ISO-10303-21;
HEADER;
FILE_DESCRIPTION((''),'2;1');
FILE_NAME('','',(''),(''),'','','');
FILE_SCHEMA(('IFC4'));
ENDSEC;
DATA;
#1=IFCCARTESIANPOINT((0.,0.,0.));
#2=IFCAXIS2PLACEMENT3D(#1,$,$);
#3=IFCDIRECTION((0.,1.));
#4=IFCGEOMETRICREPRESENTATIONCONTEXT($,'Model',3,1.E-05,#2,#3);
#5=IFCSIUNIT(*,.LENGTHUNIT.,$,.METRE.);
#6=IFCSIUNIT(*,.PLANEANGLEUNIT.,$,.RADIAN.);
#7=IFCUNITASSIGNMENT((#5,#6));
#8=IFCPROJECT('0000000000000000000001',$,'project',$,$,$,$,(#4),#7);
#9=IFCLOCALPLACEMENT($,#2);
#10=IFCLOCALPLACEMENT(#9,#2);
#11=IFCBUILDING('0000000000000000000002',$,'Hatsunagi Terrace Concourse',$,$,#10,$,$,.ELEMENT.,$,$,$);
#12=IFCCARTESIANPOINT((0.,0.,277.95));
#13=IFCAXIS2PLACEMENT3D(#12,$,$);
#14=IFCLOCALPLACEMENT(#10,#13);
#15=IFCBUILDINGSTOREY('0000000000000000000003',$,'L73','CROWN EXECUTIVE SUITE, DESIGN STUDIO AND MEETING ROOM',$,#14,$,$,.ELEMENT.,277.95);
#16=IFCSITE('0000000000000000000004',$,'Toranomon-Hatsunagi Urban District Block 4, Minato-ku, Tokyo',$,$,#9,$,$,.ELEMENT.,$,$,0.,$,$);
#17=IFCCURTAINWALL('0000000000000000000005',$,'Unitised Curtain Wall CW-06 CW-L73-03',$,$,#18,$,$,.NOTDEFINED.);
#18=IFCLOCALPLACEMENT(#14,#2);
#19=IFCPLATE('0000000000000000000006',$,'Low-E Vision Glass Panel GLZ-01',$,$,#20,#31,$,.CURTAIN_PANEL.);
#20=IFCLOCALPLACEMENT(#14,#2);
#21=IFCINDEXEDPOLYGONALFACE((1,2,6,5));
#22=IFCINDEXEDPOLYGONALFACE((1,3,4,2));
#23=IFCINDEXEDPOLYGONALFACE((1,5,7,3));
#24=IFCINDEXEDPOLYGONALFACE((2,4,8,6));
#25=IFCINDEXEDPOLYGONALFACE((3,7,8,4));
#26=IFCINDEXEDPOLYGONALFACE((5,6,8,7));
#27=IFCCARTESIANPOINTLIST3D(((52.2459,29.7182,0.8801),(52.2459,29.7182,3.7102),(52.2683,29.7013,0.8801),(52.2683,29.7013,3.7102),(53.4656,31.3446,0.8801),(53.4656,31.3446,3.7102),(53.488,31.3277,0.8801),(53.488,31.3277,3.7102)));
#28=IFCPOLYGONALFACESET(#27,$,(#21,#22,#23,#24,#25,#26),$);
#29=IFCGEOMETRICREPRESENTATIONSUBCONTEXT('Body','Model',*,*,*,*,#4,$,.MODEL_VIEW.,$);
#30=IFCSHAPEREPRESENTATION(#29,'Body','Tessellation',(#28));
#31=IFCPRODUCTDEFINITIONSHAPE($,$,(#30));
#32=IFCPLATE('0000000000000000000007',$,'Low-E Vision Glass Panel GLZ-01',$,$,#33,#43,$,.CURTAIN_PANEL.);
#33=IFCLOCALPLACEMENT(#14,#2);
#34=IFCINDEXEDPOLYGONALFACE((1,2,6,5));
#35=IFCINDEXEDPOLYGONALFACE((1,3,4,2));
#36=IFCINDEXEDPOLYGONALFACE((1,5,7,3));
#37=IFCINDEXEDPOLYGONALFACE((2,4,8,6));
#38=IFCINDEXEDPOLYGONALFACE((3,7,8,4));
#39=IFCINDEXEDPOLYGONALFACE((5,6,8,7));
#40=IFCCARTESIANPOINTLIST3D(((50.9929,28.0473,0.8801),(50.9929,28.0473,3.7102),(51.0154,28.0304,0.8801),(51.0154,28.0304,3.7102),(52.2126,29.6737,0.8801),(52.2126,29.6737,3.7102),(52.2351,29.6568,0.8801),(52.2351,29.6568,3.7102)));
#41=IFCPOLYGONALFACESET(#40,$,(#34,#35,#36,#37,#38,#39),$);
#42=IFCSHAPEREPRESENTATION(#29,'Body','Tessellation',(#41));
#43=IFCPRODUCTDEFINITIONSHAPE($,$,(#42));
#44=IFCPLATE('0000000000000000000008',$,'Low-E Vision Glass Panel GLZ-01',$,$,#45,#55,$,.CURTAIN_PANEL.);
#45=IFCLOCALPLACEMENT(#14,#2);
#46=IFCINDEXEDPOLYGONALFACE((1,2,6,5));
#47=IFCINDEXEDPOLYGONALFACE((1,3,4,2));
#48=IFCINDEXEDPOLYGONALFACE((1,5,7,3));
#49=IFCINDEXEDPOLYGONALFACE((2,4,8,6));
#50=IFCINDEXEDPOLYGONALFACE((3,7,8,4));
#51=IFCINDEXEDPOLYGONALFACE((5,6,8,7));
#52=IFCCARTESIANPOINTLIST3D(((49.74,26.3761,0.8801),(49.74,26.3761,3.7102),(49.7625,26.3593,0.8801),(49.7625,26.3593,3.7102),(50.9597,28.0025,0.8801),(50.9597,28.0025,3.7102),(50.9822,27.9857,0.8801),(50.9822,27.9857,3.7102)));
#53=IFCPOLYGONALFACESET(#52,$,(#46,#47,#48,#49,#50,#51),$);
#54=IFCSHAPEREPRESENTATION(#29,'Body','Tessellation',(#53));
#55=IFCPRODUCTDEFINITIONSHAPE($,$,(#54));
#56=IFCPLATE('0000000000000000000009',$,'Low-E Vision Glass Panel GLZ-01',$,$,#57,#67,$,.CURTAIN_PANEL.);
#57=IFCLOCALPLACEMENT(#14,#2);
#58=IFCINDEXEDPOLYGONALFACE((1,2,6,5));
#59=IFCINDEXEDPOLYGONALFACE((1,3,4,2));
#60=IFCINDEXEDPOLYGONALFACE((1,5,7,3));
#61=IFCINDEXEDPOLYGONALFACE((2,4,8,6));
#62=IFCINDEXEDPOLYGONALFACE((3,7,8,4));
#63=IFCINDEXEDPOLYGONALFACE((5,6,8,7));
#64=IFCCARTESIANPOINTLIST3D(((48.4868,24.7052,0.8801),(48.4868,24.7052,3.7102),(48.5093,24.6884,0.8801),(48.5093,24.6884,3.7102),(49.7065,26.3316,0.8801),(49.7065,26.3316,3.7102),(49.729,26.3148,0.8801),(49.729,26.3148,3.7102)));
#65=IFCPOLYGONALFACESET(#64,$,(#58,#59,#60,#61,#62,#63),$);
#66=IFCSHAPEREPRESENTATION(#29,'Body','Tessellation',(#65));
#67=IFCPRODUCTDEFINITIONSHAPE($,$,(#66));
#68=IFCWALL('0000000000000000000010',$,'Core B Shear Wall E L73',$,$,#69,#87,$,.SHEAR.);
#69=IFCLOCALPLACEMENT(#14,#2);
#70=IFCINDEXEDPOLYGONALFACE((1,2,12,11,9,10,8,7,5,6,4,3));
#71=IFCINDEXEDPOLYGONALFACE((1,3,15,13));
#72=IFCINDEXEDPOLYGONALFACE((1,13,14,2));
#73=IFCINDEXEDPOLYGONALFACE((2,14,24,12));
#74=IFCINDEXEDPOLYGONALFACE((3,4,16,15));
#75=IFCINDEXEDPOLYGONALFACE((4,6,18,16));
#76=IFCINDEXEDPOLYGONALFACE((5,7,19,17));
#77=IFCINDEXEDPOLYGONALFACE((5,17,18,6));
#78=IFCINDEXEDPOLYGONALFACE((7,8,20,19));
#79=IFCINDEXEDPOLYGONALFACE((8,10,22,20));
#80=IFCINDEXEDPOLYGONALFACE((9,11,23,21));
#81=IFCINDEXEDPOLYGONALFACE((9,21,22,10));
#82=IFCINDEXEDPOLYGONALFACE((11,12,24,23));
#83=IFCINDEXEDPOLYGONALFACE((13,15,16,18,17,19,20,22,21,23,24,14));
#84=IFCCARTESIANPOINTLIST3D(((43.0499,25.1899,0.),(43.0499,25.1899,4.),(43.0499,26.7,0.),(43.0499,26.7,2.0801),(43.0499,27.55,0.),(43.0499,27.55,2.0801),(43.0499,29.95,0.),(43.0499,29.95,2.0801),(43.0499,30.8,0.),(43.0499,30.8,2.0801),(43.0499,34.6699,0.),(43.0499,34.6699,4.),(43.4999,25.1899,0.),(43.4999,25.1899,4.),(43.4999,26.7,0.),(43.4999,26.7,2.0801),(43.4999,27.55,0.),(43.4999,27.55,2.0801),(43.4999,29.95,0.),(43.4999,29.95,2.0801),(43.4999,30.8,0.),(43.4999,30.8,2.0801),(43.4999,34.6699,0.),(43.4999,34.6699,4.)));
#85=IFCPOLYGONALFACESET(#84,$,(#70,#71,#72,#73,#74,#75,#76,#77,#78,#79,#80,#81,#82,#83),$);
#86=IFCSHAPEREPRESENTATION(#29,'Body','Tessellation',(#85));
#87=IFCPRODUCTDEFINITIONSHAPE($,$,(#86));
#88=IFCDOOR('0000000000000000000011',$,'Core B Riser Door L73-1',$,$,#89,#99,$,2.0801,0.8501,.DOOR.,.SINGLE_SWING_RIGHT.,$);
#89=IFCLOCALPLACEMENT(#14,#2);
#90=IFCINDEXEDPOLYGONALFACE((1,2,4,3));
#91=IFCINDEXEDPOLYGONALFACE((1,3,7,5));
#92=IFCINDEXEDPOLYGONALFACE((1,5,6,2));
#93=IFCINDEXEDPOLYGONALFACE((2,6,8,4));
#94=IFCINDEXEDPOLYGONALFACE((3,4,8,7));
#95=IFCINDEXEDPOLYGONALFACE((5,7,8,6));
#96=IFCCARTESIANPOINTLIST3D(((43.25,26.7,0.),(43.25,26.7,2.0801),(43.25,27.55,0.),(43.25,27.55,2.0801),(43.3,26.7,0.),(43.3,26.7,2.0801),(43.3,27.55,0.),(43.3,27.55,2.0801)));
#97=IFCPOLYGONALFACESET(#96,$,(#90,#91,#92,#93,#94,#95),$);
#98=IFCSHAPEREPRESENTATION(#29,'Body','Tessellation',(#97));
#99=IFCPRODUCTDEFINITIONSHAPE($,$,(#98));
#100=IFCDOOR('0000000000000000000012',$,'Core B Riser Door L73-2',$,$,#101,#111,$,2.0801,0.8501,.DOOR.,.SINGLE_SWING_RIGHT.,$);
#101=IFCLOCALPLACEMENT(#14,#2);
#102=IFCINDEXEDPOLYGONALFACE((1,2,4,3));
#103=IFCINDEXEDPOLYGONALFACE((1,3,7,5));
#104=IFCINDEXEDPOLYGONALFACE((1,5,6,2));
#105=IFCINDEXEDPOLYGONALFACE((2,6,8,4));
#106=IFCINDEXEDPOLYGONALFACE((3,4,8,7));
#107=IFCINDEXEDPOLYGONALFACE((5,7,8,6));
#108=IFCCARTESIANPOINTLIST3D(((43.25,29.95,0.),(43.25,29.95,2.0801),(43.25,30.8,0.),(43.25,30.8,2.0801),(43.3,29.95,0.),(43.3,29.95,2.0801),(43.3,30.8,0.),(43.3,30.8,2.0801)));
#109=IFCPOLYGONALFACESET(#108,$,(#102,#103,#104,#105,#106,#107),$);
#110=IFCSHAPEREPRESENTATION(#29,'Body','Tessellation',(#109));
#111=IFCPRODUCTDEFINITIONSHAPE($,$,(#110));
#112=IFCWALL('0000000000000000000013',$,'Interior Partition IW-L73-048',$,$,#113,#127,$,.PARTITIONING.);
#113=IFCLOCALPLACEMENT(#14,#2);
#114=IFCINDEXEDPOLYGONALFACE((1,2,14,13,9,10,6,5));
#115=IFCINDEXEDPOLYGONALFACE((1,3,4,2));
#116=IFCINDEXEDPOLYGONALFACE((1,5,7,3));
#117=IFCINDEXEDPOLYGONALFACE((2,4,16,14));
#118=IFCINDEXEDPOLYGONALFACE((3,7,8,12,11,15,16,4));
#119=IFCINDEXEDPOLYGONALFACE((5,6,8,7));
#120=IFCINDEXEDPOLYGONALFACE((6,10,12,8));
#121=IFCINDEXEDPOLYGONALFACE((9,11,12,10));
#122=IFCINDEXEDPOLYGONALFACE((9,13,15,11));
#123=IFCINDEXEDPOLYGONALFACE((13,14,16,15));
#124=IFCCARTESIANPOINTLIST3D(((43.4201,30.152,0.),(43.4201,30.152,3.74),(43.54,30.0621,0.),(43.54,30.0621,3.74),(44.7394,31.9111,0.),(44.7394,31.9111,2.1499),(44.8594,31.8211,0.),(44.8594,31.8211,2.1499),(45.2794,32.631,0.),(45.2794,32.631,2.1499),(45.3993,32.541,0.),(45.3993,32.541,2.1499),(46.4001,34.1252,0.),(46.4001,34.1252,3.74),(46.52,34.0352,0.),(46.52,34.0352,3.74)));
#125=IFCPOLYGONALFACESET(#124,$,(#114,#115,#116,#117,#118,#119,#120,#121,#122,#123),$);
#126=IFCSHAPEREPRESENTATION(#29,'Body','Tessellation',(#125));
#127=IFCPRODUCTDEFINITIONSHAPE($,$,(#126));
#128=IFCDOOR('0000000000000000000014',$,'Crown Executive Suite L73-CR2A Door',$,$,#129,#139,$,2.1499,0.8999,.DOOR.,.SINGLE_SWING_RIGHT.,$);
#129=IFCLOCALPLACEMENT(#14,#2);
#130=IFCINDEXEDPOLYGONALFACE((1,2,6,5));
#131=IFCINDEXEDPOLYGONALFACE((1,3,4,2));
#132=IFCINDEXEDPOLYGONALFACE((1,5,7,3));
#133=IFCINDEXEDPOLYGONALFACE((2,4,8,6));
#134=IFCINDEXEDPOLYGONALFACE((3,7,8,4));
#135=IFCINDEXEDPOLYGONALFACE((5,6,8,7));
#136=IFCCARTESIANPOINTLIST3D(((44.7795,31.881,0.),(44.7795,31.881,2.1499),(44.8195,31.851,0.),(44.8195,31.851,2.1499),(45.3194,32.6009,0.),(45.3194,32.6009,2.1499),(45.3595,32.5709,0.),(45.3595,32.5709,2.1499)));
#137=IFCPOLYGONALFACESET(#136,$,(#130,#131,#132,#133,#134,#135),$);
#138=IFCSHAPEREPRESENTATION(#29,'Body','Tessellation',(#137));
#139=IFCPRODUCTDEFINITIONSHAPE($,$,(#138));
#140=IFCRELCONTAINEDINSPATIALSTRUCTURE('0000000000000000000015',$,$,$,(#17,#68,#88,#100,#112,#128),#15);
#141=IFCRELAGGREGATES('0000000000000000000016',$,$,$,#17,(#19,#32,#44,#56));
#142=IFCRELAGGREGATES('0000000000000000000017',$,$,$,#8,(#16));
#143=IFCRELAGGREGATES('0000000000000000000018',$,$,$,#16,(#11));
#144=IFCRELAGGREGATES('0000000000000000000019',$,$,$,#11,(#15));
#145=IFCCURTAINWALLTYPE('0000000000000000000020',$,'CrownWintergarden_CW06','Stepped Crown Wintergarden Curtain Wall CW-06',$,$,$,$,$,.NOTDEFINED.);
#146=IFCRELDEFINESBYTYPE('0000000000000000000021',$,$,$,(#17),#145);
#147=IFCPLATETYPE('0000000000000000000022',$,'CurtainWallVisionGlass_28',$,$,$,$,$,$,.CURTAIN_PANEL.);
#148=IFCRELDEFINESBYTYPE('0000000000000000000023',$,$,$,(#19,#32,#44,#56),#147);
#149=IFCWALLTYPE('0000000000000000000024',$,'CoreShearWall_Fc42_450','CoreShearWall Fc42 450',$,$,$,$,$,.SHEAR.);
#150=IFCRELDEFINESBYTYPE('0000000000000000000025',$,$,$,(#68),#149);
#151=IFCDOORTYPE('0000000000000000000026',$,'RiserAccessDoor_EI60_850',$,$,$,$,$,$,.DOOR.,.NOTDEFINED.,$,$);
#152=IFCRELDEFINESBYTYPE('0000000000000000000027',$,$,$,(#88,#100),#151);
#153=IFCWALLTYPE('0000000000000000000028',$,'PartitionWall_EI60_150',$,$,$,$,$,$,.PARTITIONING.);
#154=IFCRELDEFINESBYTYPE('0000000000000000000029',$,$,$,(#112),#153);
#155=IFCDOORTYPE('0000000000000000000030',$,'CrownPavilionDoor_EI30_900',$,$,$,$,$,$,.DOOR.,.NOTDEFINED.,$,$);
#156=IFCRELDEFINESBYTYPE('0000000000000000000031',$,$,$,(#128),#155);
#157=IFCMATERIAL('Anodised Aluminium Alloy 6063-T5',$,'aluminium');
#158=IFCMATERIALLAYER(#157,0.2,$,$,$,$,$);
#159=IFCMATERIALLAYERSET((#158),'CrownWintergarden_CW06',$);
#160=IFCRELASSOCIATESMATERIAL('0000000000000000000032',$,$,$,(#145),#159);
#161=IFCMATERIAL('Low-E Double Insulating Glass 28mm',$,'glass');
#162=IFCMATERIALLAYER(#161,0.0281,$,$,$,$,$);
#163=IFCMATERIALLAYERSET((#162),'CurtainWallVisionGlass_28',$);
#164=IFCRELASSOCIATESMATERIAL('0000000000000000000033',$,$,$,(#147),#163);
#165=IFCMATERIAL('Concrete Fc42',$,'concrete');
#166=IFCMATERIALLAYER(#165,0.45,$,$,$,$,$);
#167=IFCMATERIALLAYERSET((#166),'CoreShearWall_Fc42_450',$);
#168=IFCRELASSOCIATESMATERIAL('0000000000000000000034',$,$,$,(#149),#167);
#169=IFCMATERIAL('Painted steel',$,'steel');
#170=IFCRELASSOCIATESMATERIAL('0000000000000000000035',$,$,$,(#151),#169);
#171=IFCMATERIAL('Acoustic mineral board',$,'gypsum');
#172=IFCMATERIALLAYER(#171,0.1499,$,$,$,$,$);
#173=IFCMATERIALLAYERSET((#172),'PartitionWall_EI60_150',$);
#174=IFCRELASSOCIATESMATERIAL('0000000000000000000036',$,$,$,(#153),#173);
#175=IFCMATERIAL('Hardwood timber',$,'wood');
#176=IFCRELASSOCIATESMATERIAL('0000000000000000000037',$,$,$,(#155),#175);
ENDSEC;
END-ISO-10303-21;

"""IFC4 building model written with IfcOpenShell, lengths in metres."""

from ifc_helpers import new_model, si_unit, direction, frame, frame_2d, origin, origin_2d, place, context, subcontext, project, spatial, rectangle, extrude, material, layer, layer_set, type_object, element, fill, aggregate, save


model = new_model("IFC4")

# Units and contexts
model_context = context("Model", 3, precision=1e-05, world=origin(), true_north=direction((0.0, 1.0)))
body_context = subcontext(model_context, "Body", "Model", "MODEL_VIEW")
ifc_project = project(units=[si_unit("LENGTHUNIT", "METRE"), si_unit("PLANEANGLEUNIT", "RADIAN")], contexts=[model_context])

# Site, building, storey
site_placement = place(None, origin())
site = spatial("IfcSite", under=ifc_project, at=site_placement, Name="Toranomon-Hatsunagi Urban District Block 4, Minato-ku, Tokyo", CompositionType="ELEMENT", RefElevation=0.0)
building_placement = place(site_placement, origin())
building = spatial("IfcBuilding", under=site, at=building_placement, Name="Hatsunagi Terrace Concourse", CompositionType="ELEMENT")
storey_placement = place(building_placement, frame((0.0, 0.0, 277.95)))
storey = spatial("IfcBuildingStorey", under=building, at=storey_placement, Name="L73", Description="CROWN EXECUTIVE SUITE, DESIGN STUDIO AND MEETING ROOM", CompositionType="ELEMENT", Elevation=277.95)

# Curtain wall, plates
ifc_material_1 = material(Name="Anodised Aluminium Alloy 6063-T5", Category="aluminium")
ifc_layer_1 = layer(ifc_material_1, 0.2)
ifc_layer_set_1 = layer_set([ifc_layer_1], Name="CrownWintergarden_CW06")
curtain_wall_type = type_object("IfcCurtainWallType", Name="CrownWintergarden_CW06", Description="Stepped Crown Wintergarden Curtain Wall CW-06", PredefinedType="NOTDEFINED", material=ifc_layer_set_1)
curtain_wall_placement = place(storey_placement, origin())
curtain_wall = element("IfcCurtainWall", 1, at=curtain_wall_placement, inside=storey, type_object=curtain_wall_type, Name="Unitised Curtain Wall CW-06 CW-L73-03", PredefinedType="NOTDEFINED")
ifc_material_2 = material(Name="Low-E Double Insulating Glass 28mm", Category="glass")
ifc_layer_2 = layer(ifc_material_2, 0.0281)
ifc_layer_set_2 = layer_set([ifc_layer_2], Name="CurtainWallVisionGlass_28")
plate_type_1 = type_object("IfcPlateType", Name="CurtainWallVisionGlass_28", PredefinedType="CURTAIN_PANEL", material=ifc_layer_set_2)
plate_1_placement = place(storey_placement, frame((52.8669, 30.5229, 0.8801), z_axis=(0.0, 0.0, 1.0), x_axis=(-0.599969, -0.800023, 0.0)))
plate_1 = element("IfcPlate", 2, at=plate_1_placement, type_object=plate_type_1, Name="Low-E Vision Glass Panel GLZ-01", PredefinedType="CURTAIN_PANEL", context=body_context, shape_type="SweptSolid", body=[
    extrude(rectangle(XDim=2.033, YDim=0.0281, at=origin_2d()), origin(), (0.0, 0.0, 1.0), 2.8301),
])
plate_2_placement = place(storey_placement, frame((51.614, 28.8521, 0.8801), z_axis=(0.0, 0.0, 1.0), x_axis=(-0.599969, -0.800023, 0.0)))
plate_2 = element("IfcPlate", 3, at=plate_2_placement, type_object=plate_type_1, Name="Low-E Vision Glass Panel GLZ-01", PredefinedType="CURTAIN_PANEL", context=body_context, shape_type="SweptSolid", body=[
    extrude(rectangle(XDim=2.033, YDim=0.0281, at=origin_2d()), origin(), (0.0, 0.0, 1.0), 2.8301),
])
plate_3_placement = place(storey_placement, frame((50.3611, 27.1809, 0.8801), z_axis=(0.0, 0.0, 1.0), x_axis=(-0.599969, -0.800023, 0.0)))
plate_3 = element("IfcPlate", 4, at=plate_3_placement, type_object=plate_type_1, Name="Low-E Vision Glass Panel GLZ-01", PredefinedType="CURTAIN_PANEL", context=body_context, shape_type="SweptSolid", body=[
    extrude(rectangle(XDim=2.033, YDim=0.0281, at=origin_2d()), origin(), (0.0, 0.0, 1.0), 2.8301),
])
plate_4_placement = place(storey_placement, frame((49.1079, 25.51, 0.8801), z_axis=(0.0, 0.0, 1.0), x_axis=(-0.599969, -0.800023, 0.0)))
plate_4 = element("IfcPlate", 5, at=plate_4_placement, type_object=plate_type_1, Name="Low-E Vision Glass Panel GLZ-01", PredefinedType="CURTAIN_PANEL", context=body_context, shape_type="SweptSolid", body=[
    extrude(rectangle(XDim=2.033, YDim=0.0281, at=origin_2d()), origin(), (0.0, 0.0, 1.0), 2.8301),
])
aggregate(curtain_wall, [plate_1, plate_2, plate_3, plate_4])

# Wall, openings, doors
ifc_material_3 = material(Name="Concrete Fc42", Category="concrete")
ifc_layer_3 = layer(ifc_material_3, 0.45)
ifc_layer_set_3 = layer_set([ifc_layer_3], Name="CoreShearWall_Fc42_450")
wall_type_1 = type_object("IfcWallType", Name="CoreShearWall_Fc42_450", Description="CoreShearWall Fc42 450", PredefinedType="SHEAR", material=ifc_layer_set_3)
wall_1_placement = place(storey_placement, frame((43.2749, 25.1899, 0.0), z_axis=(0.0, 0.0, 1.0), x_axis=(0.0, 1.0, 0.0)))
wall_1 = element("IfcWall", 6, at=wall_1_placement, inside=storey, type_object=wall_type_1, Name="Core B Shear Wall E L73", PredefinedType="SHEAR", context=body_context, shape_type="SweptSolid", body=[
    extrude(rectangle(XDim=9.48, YDim=0.45, at=frame_2d((4.74, 0.0))), origin(), (0.0, 0.0, 1.0), 4.0),
])
opening_1_placement = place(wall_1_placement, frame((1.51, 0.0, 0.0)))
opening_1 = element("IfcOpeningElement", 7, at=opening_1_placement, cuts=wall_1, PredefinedType="OPENING", context=body_context, shape_type="SweptSolid", body=[
    extrude(rectangle(XDim=0.8501, YDim=2.0801, at=frame_2d((0.425, 1.04))), frame((0.0, 0.2349, 0.0), z_axis=(0.0, -1.0, 0.0), x_axis=(1.0, 0.0, 0.0)), (0.0, 0.0, 1.0), 0.47),
])
opening_2_placement = place(wall_1_placement, frame((4.76, 0.0, 0.0)))
opening_2 = element("IfcOpeningElement", 8, at=opening_2_placement, cuts=wall_1, PredefinedType="OPENING", context=body_context, shape_type="SweptSolid", body=[
    extrude(rectangle(XDim=0.8501, YDim=2.0801, at=frame_2d((0.425, 1.04))), frame((0.0, 0.2349, 0.0), z_axis=(0.0, -1.0, 0.0), x_axis=(1.0, 0.0, 0.0)), (0.0, 0.0, 1.0), 0.47),
])
ifc_material_4 = material(Name="Painted steel", Category="steel")
door_type_1 = type_object("IfcDoorType", Name="RiserAccessDoor_EI60_850", OperationType="NOTDEFINED", PredefinedType="DOOR", material=ifc_material_4)
door_1_placement = place(opening_1_placement, origin())
door_1 = element("IfcDoor", 9, at=door_1_placement, inside=storey, type_object=door_type_1, Name="Core B Riser Door L73-1", OperationType="SINGLE_SWING_RIGHT", OverallHeight=2.0801, OverallWidth=0.8501, PredefinedType="DOOR", context=body_context, shape_type="SweptSolid", body=[
    extrude(rectangle(XDim=0.8501, YDim=2.0801, at=frame_2d((0.425, 1.04))), frame((0.0, 0.0249, 0.0), z_axis=(0.0, -1.0, 0.0), x_axis=(1.0, 0.0, 0.0)), (0.0, 0.0, 1.0), 0.05),
])
fill(opening_1, door_1)
door_2_placement = place(opening_2_placement, origin())
door_2 = element("IfcDoor", 10, at=door_2_placement, inside=storey, type_object=door_type_1, Name="Core B Riser Door L73-2", OperationType="SINGLE_SWING_RIGHT", OverallHeight=2.0801, OverallWidth=0.8501, PredefinedType="DOOR", context=body_context, shape_type="SweptSolid", body=[
    extrude(rectangle(XDim=0.8501, YDim=2.0801, at=frame_2d((0.425, 1.04))), frame((0.0, 0.0249, 0.0), z_axis=(0.0, -1.0, 0.0), x_axis=(1.0, 0.0, 0.0)), (0.0, 0.0, 1.0), 0.05),
])
fill(opening_2, door_2)

# Wall, opening, door
ifc_material_5 = material(Name="Acoustic mineral board", Category="gypsum")
ifc_layer_4 = layer(ifc_material_5, 0.1499)
ifc_layer_set_4 = layer_set([ifc_layer_4], Name="PartitionWall_EI60_150")
wall_type_2 = type_object("IfcWallType", Name="PartitionWall_EI60_150", PredefinedType="PARTITIONING", material=ifc_layer_set_4)
wall_2_placement = place(storey_placement, frame((43.48, 30.1069, 0.0), z_axis=(0.0, 0.0, 1.0), x_axis=(0.600016, 0.799988, 0.0)))
wall_2 = element("IfcWall", 11, at=wall_2_placement, inside=storey, type_object=wall_type_2, Name="Interior Partition IW-L73-048", PredefinedType="PARTITIONING", context=body_context, shape_type="SweptSolid", body=[
    extrude(rectangle(XDim=4.9666, YDim=0.1499, at=frame_2d((2.4834, 0.0))), origin(), (0.0, 0.0, 1.0), 3.74),
])
opening_3_placement = place(wall_2_placement, frame((2.199, 0.0, 0.0)))
opening_3 = element("IfcOpeningElement", 12, at=opening_3_placement, cuts=wall_2, PredefinedType="OPENING", context=body_context, shape_type="SweptSolid", body=[
    extrude(rectangle(XDim=0.8999, YDim=2.1499, at=frame_2d((0.45, 1.075))), frame((0.0, 0.085, 0.0), z_axis=(0.0, -1.0, 0.0), x_axis=(1.0, 0.0, 0.0)), (0.0, 0.0, 1.0), 0.1699),
])
ifc_material_6 = material(Name="Hardwood timber", Category="wood")
door_type_2 = type_object("IfcDoorType", Name="CrownPavilionDoor_EI30_900", OperationType="NOTDEFINED", PredefinedType="DOOR", material=ifc_material_6)
door_3_placement = place(opening_3_placement, origin())
door_3 = element("IfcDoor", 13, at=door_3_placement, inside=storey, type_object=door_type_2, Name="Crown Executive Suite L73-CR2A Door", OperationType="SINGLE_SWING_RIGHT", OverallHeight=2.1499, OverallWidth=0.8999, PredefinedType="DOOR", context=body_context, shape_type="SweptSolid", body=[
    extrude(rectangle(XDim=0.8999, YDim=2.1499, at=frame_2d((0.45, 1.075))), frame((0.0, 0.0249, 0.0), z_axis=(0.0, -1.0, 0.0), x_axis=(1.0, 0.0, 0.0)), (0.0, 0.0, 1.0), 0.05),
])
fill(opening_3, door_3)

save(model, "model.ifc")
